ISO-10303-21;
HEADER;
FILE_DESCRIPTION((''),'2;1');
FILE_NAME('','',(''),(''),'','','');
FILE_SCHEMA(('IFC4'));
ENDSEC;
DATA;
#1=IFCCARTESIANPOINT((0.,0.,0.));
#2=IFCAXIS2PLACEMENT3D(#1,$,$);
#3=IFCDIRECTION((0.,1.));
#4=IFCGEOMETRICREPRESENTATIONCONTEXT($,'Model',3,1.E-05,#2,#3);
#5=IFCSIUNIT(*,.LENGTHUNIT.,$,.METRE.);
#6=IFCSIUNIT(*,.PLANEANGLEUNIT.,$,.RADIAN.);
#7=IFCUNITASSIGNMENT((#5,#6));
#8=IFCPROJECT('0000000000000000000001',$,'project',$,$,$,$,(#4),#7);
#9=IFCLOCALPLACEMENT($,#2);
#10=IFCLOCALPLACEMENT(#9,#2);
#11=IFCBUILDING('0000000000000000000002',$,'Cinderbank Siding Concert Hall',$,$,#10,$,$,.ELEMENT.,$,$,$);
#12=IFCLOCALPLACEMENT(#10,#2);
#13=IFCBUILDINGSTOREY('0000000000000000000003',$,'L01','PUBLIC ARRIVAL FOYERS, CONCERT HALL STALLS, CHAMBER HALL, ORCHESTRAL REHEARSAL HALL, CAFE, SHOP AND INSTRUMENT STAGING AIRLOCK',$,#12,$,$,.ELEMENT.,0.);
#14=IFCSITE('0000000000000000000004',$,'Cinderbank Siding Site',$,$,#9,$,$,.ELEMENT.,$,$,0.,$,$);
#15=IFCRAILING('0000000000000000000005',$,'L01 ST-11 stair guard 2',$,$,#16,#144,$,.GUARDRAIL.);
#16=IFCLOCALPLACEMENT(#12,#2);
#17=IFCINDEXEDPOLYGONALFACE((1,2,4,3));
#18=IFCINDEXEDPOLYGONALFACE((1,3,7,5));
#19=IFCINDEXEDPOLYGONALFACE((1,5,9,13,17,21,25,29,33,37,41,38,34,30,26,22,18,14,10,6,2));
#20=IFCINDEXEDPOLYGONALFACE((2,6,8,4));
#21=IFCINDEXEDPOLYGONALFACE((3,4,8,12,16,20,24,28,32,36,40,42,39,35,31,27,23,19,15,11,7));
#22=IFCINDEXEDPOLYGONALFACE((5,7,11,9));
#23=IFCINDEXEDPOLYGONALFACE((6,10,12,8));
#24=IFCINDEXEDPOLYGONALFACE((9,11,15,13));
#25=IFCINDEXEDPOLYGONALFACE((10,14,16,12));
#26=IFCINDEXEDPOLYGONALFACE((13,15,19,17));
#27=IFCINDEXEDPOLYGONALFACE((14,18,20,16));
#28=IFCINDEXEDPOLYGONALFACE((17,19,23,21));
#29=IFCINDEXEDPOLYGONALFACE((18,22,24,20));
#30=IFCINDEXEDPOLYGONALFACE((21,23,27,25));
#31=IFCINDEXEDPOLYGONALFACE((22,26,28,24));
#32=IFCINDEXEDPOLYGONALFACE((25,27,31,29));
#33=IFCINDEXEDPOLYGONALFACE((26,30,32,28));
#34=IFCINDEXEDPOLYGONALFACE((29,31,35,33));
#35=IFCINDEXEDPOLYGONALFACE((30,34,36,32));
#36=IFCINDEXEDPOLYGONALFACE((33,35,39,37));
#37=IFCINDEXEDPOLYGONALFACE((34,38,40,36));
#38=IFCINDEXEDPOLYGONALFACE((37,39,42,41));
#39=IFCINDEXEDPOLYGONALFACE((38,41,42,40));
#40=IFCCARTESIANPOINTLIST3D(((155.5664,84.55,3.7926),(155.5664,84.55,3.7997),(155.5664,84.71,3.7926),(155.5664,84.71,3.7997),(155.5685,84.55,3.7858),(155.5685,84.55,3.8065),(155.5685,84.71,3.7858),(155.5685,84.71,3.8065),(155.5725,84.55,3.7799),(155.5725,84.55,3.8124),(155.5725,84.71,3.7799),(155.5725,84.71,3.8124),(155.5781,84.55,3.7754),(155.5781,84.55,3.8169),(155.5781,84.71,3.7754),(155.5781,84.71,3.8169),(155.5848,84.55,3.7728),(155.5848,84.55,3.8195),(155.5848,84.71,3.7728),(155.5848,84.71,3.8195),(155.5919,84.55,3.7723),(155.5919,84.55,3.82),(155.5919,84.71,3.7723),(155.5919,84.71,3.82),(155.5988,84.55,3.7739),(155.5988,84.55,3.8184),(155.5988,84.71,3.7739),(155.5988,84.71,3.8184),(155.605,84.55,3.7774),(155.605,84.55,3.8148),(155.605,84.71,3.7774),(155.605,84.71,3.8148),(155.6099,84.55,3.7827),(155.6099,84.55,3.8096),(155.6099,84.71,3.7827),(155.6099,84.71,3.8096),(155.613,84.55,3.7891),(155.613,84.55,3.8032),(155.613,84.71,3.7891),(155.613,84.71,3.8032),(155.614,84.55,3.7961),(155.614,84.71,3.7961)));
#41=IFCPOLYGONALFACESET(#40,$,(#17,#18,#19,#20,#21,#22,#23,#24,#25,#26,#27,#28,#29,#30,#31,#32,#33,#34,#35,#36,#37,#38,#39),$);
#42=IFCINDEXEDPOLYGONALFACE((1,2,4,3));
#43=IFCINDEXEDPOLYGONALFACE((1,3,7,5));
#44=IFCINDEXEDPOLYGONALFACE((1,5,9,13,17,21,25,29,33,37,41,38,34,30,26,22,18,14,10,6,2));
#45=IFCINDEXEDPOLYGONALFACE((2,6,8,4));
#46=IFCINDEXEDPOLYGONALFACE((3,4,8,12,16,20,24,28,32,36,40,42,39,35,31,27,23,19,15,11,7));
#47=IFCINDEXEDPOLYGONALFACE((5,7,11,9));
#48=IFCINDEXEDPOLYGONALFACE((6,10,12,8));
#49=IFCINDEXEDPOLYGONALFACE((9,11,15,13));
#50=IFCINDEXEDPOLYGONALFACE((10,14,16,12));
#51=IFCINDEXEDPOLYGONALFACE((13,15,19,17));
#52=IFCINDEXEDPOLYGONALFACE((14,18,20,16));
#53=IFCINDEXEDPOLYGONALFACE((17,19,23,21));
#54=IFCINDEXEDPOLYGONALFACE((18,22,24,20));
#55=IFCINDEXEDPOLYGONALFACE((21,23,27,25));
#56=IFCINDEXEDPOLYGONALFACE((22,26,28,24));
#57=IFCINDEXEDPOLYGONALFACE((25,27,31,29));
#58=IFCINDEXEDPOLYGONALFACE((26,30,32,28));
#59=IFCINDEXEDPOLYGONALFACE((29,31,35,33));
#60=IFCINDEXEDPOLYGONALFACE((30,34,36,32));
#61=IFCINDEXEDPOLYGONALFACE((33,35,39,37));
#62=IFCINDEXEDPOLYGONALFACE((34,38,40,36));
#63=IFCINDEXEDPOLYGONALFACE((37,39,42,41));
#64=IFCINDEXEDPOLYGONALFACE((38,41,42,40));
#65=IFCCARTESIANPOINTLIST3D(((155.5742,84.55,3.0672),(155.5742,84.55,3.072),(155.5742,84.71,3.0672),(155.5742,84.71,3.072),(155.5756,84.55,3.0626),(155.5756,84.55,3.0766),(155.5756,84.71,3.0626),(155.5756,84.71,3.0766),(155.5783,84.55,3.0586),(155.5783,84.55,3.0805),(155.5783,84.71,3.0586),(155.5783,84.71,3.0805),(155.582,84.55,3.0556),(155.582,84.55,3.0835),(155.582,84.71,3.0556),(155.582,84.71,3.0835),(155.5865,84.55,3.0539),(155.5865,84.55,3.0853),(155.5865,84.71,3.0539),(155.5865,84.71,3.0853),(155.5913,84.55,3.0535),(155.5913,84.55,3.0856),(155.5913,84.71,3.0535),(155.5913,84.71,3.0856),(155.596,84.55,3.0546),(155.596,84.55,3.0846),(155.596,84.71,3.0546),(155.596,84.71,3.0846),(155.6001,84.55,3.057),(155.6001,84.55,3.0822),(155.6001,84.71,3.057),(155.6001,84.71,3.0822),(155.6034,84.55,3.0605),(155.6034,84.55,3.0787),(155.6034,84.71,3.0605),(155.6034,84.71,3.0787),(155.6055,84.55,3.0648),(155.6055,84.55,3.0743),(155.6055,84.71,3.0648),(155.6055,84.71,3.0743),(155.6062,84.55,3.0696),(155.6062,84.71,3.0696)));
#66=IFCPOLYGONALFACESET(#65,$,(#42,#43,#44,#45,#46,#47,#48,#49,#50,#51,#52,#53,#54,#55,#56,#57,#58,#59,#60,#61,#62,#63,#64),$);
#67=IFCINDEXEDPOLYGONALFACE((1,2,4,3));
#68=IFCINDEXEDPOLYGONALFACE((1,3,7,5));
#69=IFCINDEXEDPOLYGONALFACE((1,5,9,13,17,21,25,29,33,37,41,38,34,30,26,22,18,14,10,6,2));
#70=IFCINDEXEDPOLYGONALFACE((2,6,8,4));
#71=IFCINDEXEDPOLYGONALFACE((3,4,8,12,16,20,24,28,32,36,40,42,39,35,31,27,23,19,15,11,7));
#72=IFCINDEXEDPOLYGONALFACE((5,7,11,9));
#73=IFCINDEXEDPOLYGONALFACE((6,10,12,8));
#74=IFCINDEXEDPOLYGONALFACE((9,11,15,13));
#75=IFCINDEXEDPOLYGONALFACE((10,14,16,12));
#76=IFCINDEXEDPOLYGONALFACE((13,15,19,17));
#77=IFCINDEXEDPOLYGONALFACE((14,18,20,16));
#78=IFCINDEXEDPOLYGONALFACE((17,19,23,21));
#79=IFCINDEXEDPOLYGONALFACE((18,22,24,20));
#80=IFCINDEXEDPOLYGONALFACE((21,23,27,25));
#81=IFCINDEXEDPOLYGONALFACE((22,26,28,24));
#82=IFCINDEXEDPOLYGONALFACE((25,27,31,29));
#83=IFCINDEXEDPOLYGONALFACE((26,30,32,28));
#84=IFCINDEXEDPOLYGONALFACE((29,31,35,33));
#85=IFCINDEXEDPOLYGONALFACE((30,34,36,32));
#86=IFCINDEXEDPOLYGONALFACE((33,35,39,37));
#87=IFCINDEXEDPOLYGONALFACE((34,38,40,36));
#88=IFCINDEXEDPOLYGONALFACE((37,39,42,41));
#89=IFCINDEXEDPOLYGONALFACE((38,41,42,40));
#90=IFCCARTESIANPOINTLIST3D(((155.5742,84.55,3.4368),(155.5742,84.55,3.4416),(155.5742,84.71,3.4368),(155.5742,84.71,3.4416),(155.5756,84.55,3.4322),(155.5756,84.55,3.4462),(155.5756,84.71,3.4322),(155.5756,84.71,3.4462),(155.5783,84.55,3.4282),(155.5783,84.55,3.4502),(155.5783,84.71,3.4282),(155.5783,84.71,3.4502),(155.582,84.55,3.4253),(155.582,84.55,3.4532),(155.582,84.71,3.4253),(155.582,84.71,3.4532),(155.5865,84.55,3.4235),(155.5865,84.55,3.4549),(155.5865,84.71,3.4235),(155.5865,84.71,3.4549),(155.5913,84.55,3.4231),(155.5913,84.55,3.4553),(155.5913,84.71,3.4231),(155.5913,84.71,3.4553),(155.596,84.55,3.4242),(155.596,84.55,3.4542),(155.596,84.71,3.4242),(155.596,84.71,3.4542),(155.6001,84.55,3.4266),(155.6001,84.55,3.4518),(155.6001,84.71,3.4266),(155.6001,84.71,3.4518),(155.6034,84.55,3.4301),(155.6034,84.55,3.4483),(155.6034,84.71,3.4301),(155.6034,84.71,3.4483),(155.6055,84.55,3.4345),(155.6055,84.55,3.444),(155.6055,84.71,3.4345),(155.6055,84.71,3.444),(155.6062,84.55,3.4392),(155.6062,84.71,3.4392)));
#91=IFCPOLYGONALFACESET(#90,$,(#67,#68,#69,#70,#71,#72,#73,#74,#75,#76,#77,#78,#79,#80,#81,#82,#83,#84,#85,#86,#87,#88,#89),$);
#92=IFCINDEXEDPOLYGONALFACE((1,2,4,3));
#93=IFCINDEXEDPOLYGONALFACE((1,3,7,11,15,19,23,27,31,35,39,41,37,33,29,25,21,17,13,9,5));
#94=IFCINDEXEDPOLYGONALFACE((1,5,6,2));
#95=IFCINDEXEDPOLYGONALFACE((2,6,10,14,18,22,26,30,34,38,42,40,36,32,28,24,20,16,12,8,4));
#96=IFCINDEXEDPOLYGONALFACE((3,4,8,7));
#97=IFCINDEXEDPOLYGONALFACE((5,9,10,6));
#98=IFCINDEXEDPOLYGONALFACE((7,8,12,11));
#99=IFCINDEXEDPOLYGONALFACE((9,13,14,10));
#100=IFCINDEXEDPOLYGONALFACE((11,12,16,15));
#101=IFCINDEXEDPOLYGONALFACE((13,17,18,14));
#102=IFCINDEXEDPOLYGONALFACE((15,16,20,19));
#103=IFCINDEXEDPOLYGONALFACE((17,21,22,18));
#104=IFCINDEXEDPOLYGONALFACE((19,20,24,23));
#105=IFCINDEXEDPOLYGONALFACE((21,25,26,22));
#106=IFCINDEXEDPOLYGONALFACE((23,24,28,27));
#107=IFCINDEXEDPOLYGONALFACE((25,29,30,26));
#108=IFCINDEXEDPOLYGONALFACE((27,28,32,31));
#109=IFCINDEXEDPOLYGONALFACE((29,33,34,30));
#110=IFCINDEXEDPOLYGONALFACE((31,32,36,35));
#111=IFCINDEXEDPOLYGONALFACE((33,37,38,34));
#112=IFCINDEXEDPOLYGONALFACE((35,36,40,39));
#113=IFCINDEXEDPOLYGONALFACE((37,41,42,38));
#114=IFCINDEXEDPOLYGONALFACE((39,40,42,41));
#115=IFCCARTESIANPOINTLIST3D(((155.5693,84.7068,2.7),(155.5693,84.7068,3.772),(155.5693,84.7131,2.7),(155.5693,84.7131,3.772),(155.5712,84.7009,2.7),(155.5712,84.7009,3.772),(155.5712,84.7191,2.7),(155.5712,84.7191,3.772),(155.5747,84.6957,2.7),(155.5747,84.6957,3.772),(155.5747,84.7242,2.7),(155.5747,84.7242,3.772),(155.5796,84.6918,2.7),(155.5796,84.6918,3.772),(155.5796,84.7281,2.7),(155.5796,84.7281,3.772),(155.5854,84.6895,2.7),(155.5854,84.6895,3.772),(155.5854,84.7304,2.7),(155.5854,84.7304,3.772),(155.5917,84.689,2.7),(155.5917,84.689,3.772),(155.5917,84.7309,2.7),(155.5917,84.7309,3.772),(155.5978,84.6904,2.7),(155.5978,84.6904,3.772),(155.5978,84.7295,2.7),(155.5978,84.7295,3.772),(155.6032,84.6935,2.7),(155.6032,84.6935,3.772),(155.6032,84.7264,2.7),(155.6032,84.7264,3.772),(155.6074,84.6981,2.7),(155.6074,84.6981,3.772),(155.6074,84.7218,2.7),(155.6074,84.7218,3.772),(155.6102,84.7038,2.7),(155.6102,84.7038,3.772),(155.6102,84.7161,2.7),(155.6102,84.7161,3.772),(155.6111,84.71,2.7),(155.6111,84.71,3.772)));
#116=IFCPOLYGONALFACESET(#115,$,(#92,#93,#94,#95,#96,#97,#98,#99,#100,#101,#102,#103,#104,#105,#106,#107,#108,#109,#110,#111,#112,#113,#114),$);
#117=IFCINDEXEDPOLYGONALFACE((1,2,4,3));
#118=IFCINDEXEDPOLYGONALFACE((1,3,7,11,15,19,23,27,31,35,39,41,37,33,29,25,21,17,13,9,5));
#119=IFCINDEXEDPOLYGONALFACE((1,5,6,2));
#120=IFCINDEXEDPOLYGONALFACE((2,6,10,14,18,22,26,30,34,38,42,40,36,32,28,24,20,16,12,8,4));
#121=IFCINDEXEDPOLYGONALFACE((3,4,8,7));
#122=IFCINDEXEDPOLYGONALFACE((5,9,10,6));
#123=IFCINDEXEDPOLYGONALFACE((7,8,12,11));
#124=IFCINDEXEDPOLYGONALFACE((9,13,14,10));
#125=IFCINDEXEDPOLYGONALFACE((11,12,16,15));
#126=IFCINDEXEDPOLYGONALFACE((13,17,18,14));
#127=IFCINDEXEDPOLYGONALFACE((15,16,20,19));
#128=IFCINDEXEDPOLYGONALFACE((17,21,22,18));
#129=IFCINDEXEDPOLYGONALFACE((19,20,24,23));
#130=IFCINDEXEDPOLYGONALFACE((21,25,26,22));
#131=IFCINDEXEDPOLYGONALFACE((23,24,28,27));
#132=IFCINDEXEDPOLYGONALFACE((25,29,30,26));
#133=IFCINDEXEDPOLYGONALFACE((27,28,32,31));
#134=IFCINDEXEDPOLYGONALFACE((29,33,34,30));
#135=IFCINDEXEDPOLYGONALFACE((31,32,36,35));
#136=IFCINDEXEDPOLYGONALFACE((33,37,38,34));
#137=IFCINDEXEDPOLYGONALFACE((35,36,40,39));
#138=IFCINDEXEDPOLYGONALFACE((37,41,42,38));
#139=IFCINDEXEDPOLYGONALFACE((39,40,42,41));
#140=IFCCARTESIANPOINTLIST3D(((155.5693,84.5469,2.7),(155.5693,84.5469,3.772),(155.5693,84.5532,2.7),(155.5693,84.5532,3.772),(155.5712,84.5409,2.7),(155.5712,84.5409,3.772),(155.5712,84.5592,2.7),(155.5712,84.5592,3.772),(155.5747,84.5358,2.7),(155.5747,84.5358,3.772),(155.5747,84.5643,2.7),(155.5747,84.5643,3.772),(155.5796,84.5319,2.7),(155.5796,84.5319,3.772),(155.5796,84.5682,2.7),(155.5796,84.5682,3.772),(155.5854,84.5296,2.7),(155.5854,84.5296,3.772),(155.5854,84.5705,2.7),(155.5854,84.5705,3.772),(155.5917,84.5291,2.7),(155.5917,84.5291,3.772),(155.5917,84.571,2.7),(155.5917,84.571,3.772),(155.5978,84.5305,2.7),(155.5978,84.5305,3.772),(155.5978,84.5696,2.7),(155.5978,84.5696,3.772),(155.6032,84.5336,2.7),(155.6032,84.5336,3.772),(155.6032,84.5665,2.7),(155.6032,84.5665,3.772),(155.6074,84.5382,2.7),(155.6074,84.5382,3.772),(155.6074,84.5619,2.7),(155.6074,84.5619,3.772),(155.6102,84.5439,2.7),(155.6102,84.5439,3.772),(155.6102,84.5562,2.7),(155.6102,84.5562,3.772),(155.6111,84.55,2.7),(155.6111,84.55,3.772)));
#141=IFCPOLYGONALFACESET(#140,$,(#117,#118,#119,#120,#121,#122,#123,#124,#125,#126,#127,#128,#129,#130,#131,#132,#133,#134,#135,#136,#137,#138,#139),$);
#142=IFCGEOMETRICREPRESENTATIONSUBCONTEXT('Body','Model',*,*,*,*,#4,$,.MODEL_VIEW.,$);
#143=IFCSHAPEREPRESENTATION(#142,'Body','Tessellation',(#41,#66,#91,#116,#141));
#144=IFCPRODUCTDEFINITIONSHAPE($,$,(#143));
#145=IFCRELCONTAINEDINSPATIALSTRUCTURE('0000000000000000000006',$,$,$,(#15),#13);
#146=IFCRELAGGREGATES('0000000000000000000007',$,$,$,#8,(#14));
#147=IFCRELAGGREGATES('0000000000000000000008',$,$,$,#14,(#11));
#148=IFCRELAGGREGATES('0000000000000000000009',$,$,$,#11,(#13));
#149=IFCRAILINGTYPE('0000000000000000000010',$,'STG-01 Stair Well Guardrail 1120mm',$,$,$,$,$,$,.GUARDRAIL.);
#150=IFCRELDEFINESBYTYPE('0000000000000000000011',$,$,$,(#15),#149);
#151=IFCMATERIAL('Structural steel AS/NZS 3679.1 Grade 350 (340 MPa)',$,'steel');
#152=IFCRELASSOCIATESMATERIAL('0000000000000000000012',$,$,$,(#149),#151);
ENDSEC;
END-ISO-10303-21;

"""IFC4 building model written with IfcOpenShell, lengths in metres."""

from ifc_helpers import new_model, si_unit, direction, frame, origin, origin_2d, place, context, subcontext, project, spatial, circle, extrude, material, type_object, element, save


model = new_model("IFC4")

# Units and contexts
model_context = context("Model", 3, precision=1e-05, world=origin(), true_north=direction((0.0, 1.0)))
body_context = subcontext(model_context, "Body", "Model", "MODEL_VIEW")
ifc_project = project(units=[si_unit("LENGTHUNIT", "METRE"), si_unit("PLANEANGLEUNIT", "RADIAN")], contexts=[model_context])

# Site, building, storey
site_placement = place(None, origin())
site = spatial("IfcSite", under=ifc_project, at=site_placement, Name="Cinderbank Siding Site", CompositionType="ELEMENT", RefElevation=0.0)
building_placement = place(site_placement, origin())
building = spatial("IfcBuilding", under=site, at=building_placement, Name="Cinderbank Siding Concert Hall", CompositionType="ELEMENT")
storey_placement = place(building_placement, origin())
storey = spatial("IfcBuildingStorey", under=building, at=storey_placement, Name="L01", Description="PUBLIC ARRIVAL FOYERS, CONCERT HALL STALLS, CHAMBER HALL, ORCHESTRAL REHEARSAL HALL, CAFE, SHOP AND INSTRUMENT STAGING AIRLOCK", CompositionType="ELEMENT", Elevation=0.0)

# Shared definitions
ifc_material_1 = material(Name="Structural steel AS/NZS 3679.1 Grade 350 (340 MPa)", Category="steel")

# Railing
railing_type_1 = type_object("IfcRailingType", Name="STG-01 Stair Well Guardrail 1120mm", PredefinedType="GUARDRAIL", material=ifc_material_1)
railing_1_placement = place(storey_placement, frame((155.5901, 84.71, 2.7)))
element("IfcRailing", 1, at=railing_1_placement, inside=storey, type_object=railing_type_1, Name="L01 ST-11 stair guard 2", PredefinedType="GUARDRAIL", context=body_context, shape_type="SweptSolid", body=[
    extrude(circle(Radius=0.0239, at=origin_2d()), frame((0.0, 0.0, 1.0962), z_axis=(0.0, -1.0, 0.0), x_axis=(1.0, 0.0, 0.0)), (0.0, 0.0, 1.0), 0.1599),
    extrude(circle(Radius=0.0161, at=origin_2d()), frame((0.0, 0.0, 0.3696), z_axis=(0.0, -1.0, 0.0), x_axis=(1.0, 0.0, 0.0)), (0.0, 0.0, 1.0), 0.1599),
    extrude(circle(Radius=0.0161, at=origin_2d()), frame((0.0, 0.0, 0.7393), z_axis=(0.0, -1.0, 0.0), x_axis=(1.0, 0.0, 0.0)), (0.0, 0.0, 1.0), 0.1599),
    extrude(circle(Radius=0.021, at=origin_2d()), origin(), (0.0, 0.0, 1.0), 1.072),
    extrude(circle(Radius=0.021, at=origin_2d()), frame((0.0, -0.1599, 0.0)), (0.0, 0.0, 1.0), 1.072),
])

save(model, "model.ifc")
